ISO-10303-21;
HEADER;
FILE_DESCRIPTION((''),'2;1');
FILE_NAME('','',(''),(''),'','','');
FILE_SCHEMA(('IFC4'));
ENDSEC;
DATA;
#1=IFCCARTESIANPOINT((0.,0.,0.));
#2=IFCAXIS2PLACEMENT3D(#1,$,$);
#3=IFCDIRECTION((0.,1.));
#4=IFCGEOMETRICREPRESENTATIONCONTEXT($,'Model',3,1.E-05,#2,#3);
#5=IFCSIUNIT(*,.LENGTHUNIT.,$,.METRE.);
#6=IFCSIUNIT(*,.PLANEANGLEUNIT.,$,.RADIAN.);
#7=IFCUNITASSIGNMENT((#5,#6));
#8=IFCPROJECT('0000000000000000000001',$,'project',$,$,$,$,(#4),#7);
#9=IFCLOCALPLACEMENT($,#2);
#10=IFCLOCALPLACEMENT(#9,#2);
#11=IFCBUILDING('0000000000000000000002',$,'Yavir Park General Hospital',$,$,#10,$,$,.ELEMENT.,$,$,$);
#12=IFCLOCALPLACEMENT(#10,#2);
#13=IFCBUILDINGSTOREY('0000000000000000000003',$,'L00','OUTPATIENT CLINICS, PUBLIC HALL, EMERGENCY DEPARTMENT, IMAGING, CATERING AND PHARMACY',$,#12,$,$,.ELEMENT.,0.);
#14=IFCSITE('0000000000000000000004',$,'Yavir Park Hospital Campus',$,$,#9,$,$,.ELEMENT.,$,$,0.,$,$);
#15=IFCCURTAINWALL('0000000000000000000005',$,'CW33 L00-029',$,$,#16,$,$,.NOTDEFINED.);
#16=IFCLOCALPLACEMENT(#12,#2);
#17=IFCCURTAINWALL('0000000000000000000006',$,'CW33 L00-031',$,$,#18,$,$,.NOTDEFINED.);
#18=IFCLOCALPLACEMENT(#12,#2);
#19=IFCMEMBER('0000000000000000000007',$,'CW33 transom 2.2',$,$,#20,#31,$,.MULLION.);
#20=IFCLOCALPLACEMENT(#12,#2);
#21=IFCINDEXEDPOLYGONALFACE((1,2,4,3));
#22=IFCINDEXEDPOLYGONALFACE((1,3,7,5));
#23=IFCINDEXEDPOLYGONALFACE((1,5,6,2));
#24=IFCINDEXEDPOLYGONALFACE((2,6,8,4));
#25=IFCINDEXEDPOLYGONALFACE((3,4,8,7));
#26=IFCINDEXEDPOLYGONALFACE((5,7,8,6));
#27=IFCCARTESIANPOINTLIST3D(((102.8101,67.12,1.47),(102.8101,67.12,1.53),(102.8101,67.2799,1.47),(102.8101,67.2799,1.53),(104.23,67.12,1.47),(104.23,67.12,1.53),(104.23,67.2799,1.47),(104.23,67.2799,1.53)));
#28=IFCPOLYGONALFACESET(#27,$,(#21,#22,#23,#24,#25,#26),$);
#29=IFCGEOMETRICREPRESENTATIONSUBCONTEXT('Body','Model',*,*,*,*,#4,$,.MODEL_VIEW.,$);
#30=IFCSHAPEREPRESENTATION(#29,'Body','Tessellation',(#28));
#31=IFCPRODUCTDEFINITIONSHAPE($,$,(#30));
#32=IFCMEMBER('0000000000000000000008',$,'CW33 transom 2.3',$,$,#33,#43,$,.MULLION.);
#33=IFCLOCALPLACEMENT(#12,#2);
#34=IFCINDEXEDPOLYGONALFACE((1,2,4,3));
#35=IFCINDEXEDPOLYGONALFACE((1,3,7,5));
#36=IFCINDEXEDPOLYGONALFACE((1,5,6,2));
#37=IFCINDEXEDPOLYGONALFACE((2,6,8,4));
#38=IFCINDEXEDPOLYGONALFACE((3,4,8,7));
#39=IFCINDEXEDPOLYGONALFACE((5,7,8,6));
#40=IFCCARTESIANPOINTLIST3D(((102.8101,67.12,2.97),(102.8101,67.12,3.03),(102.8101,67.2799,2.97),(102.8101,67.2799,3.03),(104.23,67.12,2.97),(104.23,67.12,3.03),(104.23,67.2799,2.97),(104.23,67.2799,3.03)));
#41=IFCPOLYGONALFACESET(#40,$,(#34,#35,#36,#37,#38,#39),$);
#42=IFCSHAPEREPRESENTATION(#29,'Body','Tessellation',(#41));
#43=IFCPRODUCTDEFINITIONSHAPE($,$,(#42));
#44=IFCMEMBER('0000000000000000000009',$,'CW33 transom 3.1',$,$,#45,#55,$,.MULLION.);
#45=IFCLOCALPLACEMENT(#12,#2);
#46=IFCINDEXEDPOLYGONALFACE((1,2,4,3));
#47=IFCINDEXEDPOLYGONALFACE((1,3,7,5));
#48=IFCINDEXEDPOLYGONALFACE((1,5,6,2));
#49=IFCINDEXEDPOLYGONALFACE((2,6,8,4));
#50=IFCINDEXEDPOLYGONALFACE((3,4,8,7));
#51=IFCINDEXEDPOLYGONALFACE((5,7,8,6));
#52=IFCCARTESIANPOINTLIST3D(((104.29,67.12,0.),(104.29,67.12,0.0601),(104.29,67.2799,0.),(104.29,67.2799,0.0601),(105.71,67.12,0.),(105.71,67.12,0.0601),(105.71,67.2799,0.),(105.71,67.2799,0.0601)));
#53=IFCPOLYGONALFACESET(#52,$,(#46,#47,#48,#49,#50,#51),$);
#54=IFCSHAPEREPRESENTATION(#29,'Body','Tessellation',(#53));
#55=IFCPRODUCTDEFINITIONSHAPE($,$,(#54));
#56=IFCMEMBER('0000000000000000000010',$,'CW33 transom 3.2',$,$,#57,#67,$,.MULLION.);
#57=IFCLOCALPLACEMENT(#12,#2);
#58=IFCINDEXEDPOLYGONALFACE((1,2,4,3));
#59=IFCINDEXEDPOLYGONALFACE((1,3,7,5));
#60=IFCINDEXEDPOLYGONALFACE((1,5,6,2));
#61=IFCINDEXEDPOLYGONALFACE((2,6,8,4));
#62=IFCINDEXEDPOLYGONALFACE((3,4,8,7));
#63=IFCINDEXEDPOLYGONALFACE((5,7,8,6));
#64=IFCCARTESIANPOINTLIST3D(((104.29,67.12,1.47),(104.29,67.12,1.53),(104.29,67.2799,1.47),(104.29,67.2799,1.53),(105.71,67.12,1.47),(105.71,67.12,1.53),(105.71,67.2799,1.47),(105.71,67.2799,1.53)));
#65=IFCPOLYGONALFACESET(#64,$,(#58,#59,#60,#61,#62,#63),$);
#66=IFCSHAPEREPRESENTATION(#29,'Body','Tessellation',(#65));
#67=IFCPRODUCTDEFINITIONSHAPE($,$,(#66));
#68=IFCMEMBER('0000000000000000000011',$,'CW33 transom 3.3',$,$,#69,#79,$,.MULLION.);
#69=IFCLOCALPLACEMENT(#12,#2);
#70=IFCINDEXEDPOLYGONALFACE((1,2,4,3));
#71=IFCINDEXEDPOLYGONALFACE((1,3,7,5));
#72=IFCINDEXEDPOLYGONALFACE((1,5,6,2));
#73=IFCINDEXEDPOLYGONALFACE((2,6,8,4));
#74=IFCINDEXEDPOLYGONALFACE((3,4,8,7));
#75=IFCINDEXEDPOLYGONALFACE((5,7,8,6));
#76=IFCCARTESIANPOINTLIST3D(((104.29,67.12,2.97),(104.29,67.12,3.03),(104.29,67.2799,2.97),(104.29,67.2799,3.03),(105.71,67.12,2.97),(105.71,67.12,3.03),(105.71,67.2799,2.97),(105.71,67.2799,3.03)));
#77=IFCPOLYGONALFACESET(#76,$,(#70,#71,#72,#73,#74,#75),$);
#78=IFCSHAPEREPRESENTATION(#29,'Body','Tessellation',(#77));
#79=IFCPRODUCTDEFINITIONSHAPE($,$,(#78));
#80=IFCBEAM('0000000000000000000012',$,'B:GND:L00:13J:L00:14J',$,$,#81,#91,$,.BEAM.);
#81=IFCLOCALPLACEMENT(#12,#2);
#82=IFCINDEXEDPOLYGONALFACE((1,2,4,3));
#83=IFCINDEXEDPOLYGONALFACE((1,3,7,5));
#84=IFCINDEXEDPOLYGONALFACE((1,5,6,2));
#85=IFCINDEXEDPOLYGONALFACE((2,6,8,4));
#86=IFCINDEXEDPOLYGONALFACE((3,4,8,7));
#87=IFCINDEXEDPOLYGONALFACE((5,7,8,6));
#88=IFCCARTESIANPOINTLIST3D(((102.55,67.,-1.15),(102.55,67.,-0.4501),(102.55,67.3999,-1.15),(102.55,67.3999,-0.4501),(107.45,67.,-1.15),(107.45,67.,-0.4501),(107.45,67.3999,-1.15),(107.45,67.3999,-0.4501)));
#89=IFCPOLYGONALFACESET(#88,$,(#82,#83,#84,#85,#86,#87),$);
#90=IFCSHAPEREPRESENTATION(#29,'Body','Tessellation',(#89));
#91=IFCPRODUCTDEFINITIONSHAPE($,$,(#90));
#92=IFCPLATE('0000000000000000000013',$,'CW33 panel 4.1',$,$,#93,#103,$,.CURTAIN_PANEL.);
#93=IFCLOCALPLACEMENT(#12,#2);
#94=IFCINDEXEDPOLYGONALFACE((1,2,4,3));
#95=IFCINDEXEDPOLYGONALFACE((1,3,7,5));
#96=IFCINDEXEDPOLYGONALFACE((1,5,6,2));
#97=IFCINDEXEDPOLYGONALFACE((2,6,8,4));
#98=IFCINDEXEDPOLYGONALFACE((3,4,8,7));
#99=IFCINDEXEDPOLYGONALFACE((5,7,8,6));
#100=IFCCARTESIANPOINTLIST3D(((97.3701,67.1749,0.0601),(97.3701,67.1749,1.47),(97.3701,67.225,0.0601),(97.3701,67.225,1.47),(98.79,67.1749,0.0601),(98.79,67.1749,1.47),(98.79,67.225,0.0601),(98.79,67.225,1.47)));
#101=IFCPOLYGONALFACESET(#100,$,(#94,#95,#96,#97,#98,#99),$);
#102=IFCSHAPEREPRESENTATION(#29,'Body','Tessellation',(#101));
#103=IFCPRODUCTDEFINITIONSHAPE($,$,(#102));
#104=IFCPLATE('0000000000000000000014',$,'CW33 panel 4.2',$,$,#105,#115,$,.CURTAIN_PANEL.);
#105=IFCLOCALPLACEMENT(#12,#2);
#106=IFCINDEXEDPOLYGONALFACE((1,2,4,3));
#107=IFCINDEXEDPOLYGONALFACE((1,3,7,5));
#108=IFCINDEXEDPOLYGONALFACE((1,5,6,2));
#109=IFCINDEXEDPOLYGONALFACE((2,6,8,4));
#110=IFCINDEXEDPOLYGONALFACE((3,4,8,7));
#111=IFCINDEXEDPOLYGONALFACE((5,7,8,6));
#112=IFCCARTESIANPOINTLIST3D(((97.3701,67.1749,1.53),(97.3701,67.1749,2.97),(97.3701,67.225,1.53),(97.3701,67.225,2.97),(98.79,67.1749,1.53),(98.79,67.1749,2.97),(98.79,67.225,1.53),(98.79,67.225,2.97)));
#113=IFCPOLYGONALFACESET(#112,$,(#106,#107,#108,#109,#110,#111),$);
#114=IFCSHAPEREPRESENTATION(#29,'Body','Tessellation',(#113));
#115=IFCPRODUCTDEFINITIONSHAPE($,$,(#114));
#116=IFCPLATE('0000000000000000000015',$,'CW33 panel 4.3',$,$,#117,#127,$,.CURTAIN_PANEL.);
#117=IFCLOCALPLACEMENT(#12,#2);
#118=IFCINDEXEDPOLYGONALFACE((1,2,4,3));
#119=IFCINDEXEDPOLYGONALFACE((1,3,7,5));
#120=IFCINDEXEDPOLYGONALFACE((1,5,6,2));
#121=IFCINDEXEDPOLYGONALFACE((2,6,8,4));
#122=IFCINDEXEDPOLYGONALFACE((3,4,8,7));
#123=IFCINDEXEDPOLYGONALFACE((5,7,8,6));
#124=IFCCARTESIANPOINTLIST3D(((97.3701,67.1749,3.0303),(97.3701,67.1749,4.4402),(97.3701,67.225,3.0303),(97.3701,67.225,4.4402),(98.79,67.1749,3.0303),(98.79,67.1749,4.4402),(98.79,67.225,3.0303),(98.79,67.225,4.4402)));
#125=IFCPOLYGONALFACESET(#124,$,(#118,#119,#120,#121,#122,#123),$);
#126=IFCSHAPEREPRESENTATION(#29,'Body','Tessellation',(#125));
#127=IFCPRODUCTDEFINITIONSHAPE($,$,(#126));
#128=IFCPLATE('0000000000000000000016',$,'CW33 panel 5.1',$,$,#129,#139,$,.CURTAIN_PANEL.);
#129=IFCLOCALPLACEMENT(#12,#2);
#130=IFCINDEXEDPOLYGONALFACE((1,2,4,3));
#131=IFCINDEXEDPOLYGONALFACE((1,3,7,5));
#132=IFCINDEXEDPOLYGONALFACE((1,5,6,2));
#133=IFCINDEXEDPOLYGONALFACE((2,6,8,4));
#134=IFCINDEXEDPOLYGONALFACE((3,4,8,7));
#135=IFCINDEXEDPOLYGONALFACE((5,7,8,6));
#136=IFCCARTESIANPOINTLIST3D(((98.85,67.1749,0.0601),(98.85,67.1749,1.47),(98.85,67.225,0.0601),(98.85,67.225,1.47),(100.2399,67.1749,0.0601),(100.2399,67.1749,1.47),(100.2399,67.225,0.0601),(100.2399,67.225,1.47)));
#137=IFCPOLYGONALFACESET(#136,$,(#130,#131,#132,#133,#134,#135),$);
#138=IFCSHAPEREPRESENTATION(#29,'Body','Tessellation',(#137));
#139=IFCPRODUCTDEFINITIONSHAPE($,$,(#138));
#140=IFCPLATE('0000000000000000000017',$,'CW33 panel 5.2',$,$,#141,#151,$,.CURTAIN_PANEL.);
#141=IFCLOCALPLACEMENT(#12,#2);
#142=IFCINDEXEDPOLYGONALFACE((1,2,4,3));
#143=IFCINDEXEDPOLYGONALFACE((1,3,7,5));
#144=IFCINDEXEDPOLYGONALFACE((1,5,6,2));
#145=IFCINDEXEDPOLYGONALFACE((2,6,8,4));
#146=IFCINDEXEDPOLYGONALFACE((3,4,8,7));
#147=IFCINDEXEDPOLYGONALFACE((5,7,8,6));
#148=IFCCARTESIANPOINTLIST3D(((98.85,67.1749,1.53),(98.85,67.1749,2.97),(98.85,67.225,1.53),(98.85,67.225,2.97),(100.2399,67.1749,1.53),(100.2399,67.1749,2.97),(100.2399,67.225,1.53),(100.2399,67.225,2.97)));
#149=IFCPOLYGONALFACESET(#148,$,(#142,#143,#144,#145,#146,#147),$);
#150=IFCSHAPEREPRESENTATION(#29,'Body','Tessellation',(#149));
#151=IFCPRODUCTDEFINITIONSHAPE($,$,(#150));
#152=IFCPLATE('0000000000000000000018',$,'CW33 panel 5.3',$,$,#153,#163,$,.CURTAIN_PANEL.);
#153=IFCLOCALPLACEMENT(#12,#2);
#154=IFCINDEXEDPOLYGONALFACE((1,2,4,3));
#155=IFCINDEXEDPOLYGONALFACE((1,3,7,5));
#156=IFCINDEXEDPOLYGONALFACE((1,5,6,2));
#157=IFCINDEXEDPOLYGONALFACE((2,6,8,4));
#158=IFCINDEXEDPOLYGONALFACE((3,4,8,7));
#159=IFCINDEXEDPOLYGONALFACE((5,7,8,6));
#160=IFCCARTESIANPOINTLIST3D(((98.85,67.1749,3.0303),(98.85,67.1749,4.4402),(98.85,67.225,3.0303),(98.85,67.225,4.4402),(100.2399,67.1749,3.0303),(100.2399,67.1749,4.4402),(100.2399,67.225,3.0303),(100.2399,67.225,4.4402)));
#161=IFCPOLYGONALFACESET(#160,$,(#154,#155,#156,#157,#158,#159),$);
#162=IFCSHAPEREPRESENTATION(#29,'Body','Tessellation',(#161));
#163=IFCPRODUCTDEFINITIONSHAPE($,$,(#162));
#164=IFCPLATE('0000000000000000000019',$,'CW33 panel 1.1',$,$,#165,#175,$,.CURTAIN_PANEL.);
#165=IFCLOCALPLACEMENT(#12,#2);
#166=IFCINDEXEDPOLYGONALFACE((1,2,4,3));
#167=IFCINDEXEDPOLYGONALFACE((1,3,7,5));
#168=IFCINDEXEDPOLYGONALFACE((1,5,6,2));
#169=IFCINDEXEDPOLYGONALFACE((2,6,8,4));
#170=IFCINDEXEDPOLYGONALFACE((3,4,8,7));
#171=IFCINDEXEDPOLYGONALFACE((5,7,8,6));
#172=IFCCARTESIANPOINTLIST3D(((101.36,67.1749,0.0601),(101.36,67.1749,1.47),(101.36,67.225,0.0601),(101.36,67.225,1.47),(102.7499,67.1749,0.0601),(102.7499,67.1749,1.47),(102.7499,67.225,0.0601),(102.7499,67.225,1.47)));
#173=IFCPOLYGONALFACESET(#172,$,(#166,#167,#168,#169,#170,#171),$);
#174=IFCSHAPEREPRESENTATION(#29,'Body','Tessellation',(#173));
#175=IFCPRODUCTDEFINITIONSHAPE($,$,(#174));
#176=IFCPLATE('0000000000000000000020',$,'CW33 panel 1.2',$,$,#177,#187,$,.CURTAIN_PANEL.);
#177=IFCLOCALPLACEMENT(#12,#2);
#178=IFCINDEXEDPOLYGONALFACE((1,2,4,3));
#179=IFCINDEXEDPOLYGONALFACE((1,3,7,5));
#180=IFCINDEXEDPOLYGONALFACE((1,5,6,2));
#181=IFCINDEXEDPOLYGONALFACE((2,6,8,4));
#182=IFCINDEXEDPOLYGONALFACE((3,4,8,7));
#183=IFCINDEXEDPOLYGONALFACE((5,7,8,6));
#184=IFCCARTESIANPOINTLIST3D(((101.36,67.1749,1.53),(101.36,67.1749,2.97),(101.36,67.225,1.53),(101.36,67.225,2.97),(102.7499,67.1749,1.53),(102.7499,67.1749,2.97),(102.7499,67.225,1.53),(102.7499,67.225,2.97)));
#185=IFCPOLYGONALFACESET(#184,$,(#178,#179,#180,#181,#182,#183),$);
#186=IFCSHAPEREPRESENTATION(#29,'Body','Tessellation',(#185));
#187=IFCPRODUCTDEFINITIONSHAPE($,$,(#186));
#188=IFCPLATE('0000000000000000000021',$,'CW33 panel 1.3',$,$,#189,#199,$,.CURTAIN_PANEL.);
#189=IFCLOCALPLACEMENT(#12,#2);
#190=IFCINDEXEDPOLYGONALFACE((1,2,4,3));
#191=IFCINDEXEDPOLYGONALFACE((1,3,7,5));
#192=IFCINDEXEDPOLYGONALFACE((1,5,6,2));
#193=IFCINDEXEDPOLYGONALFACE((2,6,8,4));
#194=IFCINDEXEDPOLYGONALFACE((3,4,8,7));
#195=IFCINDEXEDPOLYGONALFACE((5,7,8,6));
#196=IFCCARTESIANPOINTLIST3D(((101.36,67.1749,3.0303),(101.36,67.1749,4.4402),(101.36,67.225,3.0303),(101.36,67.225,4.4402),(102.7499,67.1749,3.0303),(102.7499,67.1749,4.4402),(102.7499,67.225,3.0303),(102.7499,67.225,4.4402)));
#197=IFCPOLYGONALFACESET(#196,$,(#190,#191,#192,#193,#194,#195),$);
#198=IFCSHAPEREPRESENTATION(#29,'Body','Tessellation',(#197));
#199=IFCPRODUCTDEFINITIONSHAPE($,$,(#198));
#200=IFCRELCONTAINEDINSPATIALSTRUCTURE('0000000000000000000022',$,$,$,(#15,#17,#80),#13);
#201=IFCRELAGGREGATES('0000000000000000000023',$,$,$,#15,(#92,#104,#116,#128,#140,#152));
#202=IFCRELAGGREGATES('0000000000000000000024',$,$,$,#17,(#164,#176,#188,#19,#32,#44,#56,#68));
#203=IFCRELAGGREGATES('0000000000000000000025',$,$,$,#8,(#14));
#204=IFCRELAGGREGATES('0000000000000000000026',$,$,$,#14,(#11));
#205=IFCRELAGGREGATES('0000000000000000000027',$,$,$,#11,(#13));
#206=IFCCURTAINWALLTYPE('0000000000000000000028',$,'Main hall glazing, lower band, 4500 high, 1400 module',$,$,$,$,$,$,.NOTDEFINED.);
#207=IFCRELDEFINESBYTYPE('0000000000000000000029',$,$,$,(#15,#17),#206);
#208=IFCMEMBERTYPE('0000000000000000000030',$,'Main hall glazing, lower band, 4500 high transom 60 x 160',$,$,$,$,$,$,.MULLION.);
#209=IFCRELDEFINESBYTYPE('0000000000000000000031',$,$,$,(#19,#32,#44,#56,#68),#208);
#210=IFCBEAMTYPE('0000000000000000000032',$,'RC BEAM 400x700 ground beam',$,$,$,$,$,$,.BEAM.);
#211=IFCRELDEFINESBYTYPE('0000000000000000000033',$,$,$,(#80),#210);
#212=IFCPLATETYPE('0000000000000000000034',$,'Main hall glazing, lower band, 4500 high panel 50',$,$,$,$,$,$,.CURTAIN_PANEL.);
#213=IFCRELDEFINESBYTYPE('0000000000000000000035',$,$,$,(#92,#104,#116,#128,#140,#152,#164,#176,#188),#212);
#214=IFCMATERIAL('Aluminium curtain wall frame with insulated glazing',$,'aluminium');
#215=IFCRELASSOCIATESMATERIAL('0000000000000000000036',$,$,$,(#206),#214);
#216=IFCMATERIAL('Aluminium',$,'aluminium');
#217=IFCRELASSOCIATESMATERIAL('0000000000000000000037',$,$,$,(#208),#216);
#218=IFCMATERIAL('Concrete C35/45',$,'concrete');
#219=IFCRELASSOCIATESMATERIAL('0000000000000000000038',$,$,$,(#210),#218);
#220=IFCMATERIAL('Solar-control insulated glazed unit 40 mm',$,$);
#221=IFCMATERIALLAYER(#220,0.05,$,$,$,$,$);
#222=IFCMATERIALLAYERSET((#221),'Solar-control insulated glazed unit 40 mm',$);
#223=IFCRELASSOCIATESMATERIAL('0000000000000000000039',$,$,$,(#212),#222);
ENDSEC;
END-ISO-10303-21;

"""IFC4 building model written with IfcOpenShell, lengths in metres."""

from ifc_helpers import new_model, si_unit, direction, frame, origin, origin_2d, place, context, subcontext, project, spatial, rectangle, extrude, material, layer, layer_set, material_profile, profile_set, type_object, element, aggregate, save


model = new_model("IFC4")

# Units and contexts
model_context = context("Model", 3, precision=1e-05, world=origin(), true_north=direction((0.0, 1.0)))
body_context = subcontext(model_context, "Body", "Model", "MODEL_VIEW")
ifc_project = project(units=[si_unit("LENGTHUNIT", "METRE"), si_unit("PLANEANGLEUNIT", "RADIAN")], contexts=[model_context])

# Site, building, storey
site_placement = place(None, origin())
site = spatial("IfcSite", under=ifc_project, at=site_placement, Name="Yavir Park Hospital Campus", CompositionType="ELEMENT", RefElevation=0.0)
building_placement = place(site_placement, origin())
building = spatial("IfcBuilding", under=site, at=building_placement, Name="Yavir Park General Hospital", CompositionType="ELEMENT")
storey_placement = place(building_placement, origin())
storey = spatial("IfcBuildingStorey", under=building, at=storey_placement, Name="L00", Description="OUTPATIENT CLINICS, PUBLIC HALL, EMERGENCY DEPARTMENT, IMAGING, CATERING AND PHARMACY", CompositionType="ELEMENT", Elevation=0.0)

# Curtain walls
ifc_material_1 = material(Name="Aluminium curtain wall frame with insulated glazing", Category="aluminium")
curtain_wall_type = type_object("IfcCurtainWallType", Name="Main hall glazing, lower band, 4500 high, 1400 module", PredefinedType="NOTDEFINED", material=ifc_material_1)
curtain_wall_1_placement = place(storey_placement, origin())
curtain_wall_1 = element("IfcCurtainWall", 1, at=curtain_wall_1_placement, inside=storey, type_object=curtain_wall_type, Name="CW33 L00-029", PredefinedType="NOTDEFINED")
curtain_wall_2_placement = place(storey_placement, origin())
curtain_wall_2 = element("IfcCurtainWall", 2, at=curtain_wall_2_placement, inside=storey, type_object=curtain_wall_type, Name="CW33 L00-031", PredefinedType="NOTDEFINED")

# Members
ifc_material_2 = material(Name="Aluminium", Category="aluminium")
ifc_material_profile_1 = material_profile(ifc_material_2, rectangle(XDim=0.1599, YDim=0.0601, at=origin_2d()), Name="AL 160x60")
ifc_profile_set_1 = profile_set([ifc_material_profile_1], Name="Aluminium")
member_type_1 = type_object("IfcMemberType", Name="Main hall glazing, lower band, 4500 high transom 60 x 160", PredefinedType="MULLION", material=ifc_profile_set_1)
member_1_placement = place(storey_placement, frame((102.8101, 67.2, 1.5), z_axis=(1.0, 0.0, 0.0), x_axis=(0.0, 1.0, 0.0)))
member_1 = element("IfcMember", 3, at=member_1_placement, type_object=member_type_1, Name="CW33 transom 2.2", PredefinedType="MULLION", context=body_context, shape_type="SweptSolid", body=[
    extrude(rectangle(XDim=0.1599, YDim=0.0601, at=origin_2d()), origin(), (0.0, 0.0, 1.0), 1.4199),
])
member_2_placement = place(storey_placement, frame((102.8101, 67.2, 3.0), z_axis=(1.0, 0.0, 0.0), x_axis=(0.0, 1.0, 0.0)))
member_2 = element("IfcMember", 4, at=member_2_placement, type_object=member_type_1, Name="CW33 transom 2.3", PredefinedType="MULLION", context=body_context, shape_type="SweptSolid", body=[
    extrude(rectangle(XDim=0.1599, YDim=0.0601, at=origin_2d()), origin(), (0.0, 0.0, 1.0), 1.4199),
])
member_3_placement = place(storey_placement, frame((104.29, 67.2, 0.03), z_axis=(1.0, 0.0, 0.0), x_axis=(0.0, 1.0, 0.0)))
member_3 = element("IfcMember", 5, at=member_3_placement, type_object=member_type_1, Name="CW33 transom 3.1", PredefinedType="MULLION", context=body_context, shape_type="SweptSolid", body=[
    extrude(rectangle(XDim=0.1599, YDim=0.0601, at=origin_2d()), origin(), (0.0, 0.0, 1.0), 1.4199),
])
member_4_placement = place(storey_placement, frame((104.29, 67.2, 1.5), z_axis=(1.0, 0.0, 0.0), x_axis=(0.0, 1.0, 0.0)))
member_4 = element("IfcMember", 6, at=member_4_placement, type_object=member_type_1, Name="CW33 transom 3.2", PredefinedType="MULLION", context=body_context, shape_type="SweptSolid", body=[
    extrude(rectangle(XDim=0.1599, YDim=0.0601, at=origin_2d()), origin(), (0.0, 0.0, 1.0), 1.4199),
])
member_5_placement = place(storey_placement, frame((104.29, 67.2, 3.0), z_axis=(1.0, 0.0, 0.0), x_axis=(0.0, 1.0, 0.0)))
member_5 = element("IfcMember", 7, at=member_5_placement, type_object=member_type_1, Name="CW33 transom 3.3", PredefinedType="MULLION", context=body_context, shape_type="SweptSolid", body=[
    extrude(rectangle(XDim=0.1599, YDim=0.0601, at=origin_2d()), origin(), (0.0, 0.0, 1.0), 1.4199),
])

# Beam
ifc_material_3 = material(Name="Concrete C35/45", Category="concrete")
ifc_material_profile_2 = material_profile(ifc_material_3, rectangle(XDim=0.3999, YDim=0.7, at=origin_2d()), Name="RC400x700")
ifc_profile_set_2 = profile_set([ifc_material_profile_2], Name="Concrete C35/45")
beam_type = type_object("IfcBeamType", Name="RC BEAM 400x700 ground beam", PredefinedType="BEAM", material=ifc_profile_set_2)
beam_placement = place(storey_placement, frame((102.55, 67.2, -0.8), z_axis=(1.0, 0.0, 0.0), x_axis=(0.0, 1.0, 0.0)))
element("IfcBeam", 8, at=beam_placement, inside=storey, type_object=beam_type, Name="B:GND:L00:13J:L00:14J", PredefinedType="BEAM", context=body_context, shape_type="SweptSolid", body=[
    extrude(rectangle(XDim=0.3999, YDim=0.7, at=origin_2d()), origin(), (0.0, 0.0, 1.0), 4.8999),
])

# Plates
ifc_material_4 = material(Name="Solar-control insulated glazed unit 40 mm")
ifc_layer = layer(ifc_material_4, 0.05)
ifc_layer_set = layer_set([ifc_layer], Name="Solar-control insulated glazed unit 40 mm")
plate_type = type_object("IfcPlateType", Name="Main hall glazing, lower band, 4500 high panel 50", PredefinedType="CURTAIN_PANEL", material=ifc_layer_set)
plate_1_placement = place(storey_placement, frame((98.0801, 67.2, 0.0601), z_axis=(0.0, 0.0, 1.0), x_axis=(1.0, 0.0, 0.0)))
plate_1 = element("IfcPlate", 9, at=plate_1_placement, type_object=plate_type, Name="CW33 panel 4.1", PredefinedType="CURTAIN_PANEL", context=body_context, shape_type="SweptSolid", body=[
    extrude(rectangle(XDim=1.4199, YDim=0.05, at=origin_2d()), origin(), (0.0, 0.0, 1.0), 1.4099),
])
plate_2_placement = place(storey_placement, frame((98.0801, 67.2, 1.53), z_axis=(0.0, 0.0, 1.0), x_axis=(1.0, 0.0, 0.0)))
plate_2 = element("IfcPlate", 10, at=plate_2_placement, type_object=plate_type, Name="CW33 panel 4.2", PredefinedType="CURTAIN_PANEL", context=body_context, shape_type="SweptSolid", body=[
    extrude(rectangle(XDim=1.4199, YDim=0.05, at=origin_2d()), origin(), (0.0, 0.0, 1.0), 1.4399),
])
plate_3_placement = place(storey_placement, frame((98.0801, 67.2, 3.0303), z_axis=(0.0, 0.0, 1.0), x_axis=(1.0, 0.0, 0.0)))
plate_3 = element("IfcPlate", 11, at=plate_3_placement, type_object=plate_type, Name="CW33 panel 4.3", PredefinedType="CURTAIN_PANEL", context=body_context, shape_type="SweptSolid", body=[
    extrude(rectangle(XDim=1.4199, YDim=0.05, at=origin_2d()), origin(), (0.0, 0.0, 1.0), 1.4099),
])
plate_4_placement = place(storey_placement, frame((99.5449, 67.2, 0.0601), z_axis=(0.0, 0.0, 1.0), x_axis=(1.0, 0.0, 0.0)))
plate_4 = element("IfcPlate", 12, at=plate_4_placement, type_object=plate_type, Name="CW33 panel 5.1", PredefinedType="CURTAIN_PANEL", context=body_context, shape_type="SweptSolid", body=[
    extrude(rectangle(XDim=1.3899, YDim=0.05, at=origin_2d()), origin(), (0.0, 0.0, 1.0), 1.4099),
])
plate_5_placement = place(storey_placement, frame((99.5449, 67.2, 1.53), z_axis=(0.0, 0.0, 1.0), x_axis=(1.0, 0.0, 0.0)))
plate_5 = element("IfcPlate", 13, at=plate_5_placement, type_object=plate_type, Name="CW33 panel 5.2", PredefinedType="CURTAIN_PANEL", context=body_context, shape_type="SweptSolid", body=[
    extrude(rectangle(XDim=1.3899, YDim=0.05, at=origin_2d()), origin(), (0.0, 0.0, 1.0), 1.4399),
])
plate_6_placement = place(storey_placement, frame((99.5449, 67.2, 3.0303), z_axis=(0.0, 0.0, 1.0), x_axis=(1.0, 0.0, 0.0)))
plate_6 = element("IfcPlate", 14, at=plate_6_placement, type_object=plate_type, Name="CW33 panel 5.3", PredefinedType="CURTAIN_PANEL", context=body_context, shape_type="SweptSolid", body=[
    extrude(rectangle(XDim=1.3899, YDim=0.05, at=origin_2d()), origin(), (0.0, 0.0, 1.0), 1.4099),
])
aggregate(curtain_wall_1, [plate_1, plate_2, plate_3, plate_4, plate_5, plate_6])
plate_7_placement = place(storey_placement, frame((102.0549, 67.2, 0.0601), z_axis=(0.0, 0.0, 1.0), x_axis=(1.0, 0.0, 0.0)))
plate_7 = element("IfcPlate", 15, at=plate_7_placement, type_object=plate_type, Name="CW33 panel 1.1", PredefinedType="CURTAIN_PANEL", context=body_context, shape_type="SweptSolid", body=[
    extrude(rectangle(XDim=1.3899, YDim=0.05, at=origin_2d()), origin(), (0.0, 0.0, 1.0), 1.4099),
])
plate_8_placement = place(storey_placement, frame((102.0549, 67.2, 1.53), z_axis=(0.0, 0.0, 1.0), x_axis=(1.0, 0.0, 0.0)))
plate_8 = element("IfcPlate", 16, at=plate_8_placement, type_object=plate_type, Name="CW33 panel 1.2", PredefinedType="CURTAIN_PANEL", context=body_context, shape_type="SweptSolid", body=[
    extrude(rectangle(XDim=1.3899, YDim=0.05, at=origin_2d()), origin(), (0.0, 0.0, 1.0), 1.4399),
])
plate_9_placement = place(storey_placement, frame((102.0549, 67.2, 3.0303), z_axis=(0.0, 0.0, 1.0), x_axis=(1.0, 0.0, 0.0)))
plate_9 = element("IfcPlate", 17, at=plate_9_placement, type_object=plate_type, Name="CW33 panel 1.3", PredefinedType="CURTAIN_PANEL", context=body_context, shape_type="SweptSolid", body=[
    extrude(rectangle(XDim=1.3899, YDim=0.05, at=origin_2d()), origin(), (0.0, 0.0, 1.0), 1.4099),
])
aggregate(curtain_wall_2, [plate_7, plate_8, plate_9, member_1, member_2, member_3, member_4, member_5])

save(model, "model.ifc")
